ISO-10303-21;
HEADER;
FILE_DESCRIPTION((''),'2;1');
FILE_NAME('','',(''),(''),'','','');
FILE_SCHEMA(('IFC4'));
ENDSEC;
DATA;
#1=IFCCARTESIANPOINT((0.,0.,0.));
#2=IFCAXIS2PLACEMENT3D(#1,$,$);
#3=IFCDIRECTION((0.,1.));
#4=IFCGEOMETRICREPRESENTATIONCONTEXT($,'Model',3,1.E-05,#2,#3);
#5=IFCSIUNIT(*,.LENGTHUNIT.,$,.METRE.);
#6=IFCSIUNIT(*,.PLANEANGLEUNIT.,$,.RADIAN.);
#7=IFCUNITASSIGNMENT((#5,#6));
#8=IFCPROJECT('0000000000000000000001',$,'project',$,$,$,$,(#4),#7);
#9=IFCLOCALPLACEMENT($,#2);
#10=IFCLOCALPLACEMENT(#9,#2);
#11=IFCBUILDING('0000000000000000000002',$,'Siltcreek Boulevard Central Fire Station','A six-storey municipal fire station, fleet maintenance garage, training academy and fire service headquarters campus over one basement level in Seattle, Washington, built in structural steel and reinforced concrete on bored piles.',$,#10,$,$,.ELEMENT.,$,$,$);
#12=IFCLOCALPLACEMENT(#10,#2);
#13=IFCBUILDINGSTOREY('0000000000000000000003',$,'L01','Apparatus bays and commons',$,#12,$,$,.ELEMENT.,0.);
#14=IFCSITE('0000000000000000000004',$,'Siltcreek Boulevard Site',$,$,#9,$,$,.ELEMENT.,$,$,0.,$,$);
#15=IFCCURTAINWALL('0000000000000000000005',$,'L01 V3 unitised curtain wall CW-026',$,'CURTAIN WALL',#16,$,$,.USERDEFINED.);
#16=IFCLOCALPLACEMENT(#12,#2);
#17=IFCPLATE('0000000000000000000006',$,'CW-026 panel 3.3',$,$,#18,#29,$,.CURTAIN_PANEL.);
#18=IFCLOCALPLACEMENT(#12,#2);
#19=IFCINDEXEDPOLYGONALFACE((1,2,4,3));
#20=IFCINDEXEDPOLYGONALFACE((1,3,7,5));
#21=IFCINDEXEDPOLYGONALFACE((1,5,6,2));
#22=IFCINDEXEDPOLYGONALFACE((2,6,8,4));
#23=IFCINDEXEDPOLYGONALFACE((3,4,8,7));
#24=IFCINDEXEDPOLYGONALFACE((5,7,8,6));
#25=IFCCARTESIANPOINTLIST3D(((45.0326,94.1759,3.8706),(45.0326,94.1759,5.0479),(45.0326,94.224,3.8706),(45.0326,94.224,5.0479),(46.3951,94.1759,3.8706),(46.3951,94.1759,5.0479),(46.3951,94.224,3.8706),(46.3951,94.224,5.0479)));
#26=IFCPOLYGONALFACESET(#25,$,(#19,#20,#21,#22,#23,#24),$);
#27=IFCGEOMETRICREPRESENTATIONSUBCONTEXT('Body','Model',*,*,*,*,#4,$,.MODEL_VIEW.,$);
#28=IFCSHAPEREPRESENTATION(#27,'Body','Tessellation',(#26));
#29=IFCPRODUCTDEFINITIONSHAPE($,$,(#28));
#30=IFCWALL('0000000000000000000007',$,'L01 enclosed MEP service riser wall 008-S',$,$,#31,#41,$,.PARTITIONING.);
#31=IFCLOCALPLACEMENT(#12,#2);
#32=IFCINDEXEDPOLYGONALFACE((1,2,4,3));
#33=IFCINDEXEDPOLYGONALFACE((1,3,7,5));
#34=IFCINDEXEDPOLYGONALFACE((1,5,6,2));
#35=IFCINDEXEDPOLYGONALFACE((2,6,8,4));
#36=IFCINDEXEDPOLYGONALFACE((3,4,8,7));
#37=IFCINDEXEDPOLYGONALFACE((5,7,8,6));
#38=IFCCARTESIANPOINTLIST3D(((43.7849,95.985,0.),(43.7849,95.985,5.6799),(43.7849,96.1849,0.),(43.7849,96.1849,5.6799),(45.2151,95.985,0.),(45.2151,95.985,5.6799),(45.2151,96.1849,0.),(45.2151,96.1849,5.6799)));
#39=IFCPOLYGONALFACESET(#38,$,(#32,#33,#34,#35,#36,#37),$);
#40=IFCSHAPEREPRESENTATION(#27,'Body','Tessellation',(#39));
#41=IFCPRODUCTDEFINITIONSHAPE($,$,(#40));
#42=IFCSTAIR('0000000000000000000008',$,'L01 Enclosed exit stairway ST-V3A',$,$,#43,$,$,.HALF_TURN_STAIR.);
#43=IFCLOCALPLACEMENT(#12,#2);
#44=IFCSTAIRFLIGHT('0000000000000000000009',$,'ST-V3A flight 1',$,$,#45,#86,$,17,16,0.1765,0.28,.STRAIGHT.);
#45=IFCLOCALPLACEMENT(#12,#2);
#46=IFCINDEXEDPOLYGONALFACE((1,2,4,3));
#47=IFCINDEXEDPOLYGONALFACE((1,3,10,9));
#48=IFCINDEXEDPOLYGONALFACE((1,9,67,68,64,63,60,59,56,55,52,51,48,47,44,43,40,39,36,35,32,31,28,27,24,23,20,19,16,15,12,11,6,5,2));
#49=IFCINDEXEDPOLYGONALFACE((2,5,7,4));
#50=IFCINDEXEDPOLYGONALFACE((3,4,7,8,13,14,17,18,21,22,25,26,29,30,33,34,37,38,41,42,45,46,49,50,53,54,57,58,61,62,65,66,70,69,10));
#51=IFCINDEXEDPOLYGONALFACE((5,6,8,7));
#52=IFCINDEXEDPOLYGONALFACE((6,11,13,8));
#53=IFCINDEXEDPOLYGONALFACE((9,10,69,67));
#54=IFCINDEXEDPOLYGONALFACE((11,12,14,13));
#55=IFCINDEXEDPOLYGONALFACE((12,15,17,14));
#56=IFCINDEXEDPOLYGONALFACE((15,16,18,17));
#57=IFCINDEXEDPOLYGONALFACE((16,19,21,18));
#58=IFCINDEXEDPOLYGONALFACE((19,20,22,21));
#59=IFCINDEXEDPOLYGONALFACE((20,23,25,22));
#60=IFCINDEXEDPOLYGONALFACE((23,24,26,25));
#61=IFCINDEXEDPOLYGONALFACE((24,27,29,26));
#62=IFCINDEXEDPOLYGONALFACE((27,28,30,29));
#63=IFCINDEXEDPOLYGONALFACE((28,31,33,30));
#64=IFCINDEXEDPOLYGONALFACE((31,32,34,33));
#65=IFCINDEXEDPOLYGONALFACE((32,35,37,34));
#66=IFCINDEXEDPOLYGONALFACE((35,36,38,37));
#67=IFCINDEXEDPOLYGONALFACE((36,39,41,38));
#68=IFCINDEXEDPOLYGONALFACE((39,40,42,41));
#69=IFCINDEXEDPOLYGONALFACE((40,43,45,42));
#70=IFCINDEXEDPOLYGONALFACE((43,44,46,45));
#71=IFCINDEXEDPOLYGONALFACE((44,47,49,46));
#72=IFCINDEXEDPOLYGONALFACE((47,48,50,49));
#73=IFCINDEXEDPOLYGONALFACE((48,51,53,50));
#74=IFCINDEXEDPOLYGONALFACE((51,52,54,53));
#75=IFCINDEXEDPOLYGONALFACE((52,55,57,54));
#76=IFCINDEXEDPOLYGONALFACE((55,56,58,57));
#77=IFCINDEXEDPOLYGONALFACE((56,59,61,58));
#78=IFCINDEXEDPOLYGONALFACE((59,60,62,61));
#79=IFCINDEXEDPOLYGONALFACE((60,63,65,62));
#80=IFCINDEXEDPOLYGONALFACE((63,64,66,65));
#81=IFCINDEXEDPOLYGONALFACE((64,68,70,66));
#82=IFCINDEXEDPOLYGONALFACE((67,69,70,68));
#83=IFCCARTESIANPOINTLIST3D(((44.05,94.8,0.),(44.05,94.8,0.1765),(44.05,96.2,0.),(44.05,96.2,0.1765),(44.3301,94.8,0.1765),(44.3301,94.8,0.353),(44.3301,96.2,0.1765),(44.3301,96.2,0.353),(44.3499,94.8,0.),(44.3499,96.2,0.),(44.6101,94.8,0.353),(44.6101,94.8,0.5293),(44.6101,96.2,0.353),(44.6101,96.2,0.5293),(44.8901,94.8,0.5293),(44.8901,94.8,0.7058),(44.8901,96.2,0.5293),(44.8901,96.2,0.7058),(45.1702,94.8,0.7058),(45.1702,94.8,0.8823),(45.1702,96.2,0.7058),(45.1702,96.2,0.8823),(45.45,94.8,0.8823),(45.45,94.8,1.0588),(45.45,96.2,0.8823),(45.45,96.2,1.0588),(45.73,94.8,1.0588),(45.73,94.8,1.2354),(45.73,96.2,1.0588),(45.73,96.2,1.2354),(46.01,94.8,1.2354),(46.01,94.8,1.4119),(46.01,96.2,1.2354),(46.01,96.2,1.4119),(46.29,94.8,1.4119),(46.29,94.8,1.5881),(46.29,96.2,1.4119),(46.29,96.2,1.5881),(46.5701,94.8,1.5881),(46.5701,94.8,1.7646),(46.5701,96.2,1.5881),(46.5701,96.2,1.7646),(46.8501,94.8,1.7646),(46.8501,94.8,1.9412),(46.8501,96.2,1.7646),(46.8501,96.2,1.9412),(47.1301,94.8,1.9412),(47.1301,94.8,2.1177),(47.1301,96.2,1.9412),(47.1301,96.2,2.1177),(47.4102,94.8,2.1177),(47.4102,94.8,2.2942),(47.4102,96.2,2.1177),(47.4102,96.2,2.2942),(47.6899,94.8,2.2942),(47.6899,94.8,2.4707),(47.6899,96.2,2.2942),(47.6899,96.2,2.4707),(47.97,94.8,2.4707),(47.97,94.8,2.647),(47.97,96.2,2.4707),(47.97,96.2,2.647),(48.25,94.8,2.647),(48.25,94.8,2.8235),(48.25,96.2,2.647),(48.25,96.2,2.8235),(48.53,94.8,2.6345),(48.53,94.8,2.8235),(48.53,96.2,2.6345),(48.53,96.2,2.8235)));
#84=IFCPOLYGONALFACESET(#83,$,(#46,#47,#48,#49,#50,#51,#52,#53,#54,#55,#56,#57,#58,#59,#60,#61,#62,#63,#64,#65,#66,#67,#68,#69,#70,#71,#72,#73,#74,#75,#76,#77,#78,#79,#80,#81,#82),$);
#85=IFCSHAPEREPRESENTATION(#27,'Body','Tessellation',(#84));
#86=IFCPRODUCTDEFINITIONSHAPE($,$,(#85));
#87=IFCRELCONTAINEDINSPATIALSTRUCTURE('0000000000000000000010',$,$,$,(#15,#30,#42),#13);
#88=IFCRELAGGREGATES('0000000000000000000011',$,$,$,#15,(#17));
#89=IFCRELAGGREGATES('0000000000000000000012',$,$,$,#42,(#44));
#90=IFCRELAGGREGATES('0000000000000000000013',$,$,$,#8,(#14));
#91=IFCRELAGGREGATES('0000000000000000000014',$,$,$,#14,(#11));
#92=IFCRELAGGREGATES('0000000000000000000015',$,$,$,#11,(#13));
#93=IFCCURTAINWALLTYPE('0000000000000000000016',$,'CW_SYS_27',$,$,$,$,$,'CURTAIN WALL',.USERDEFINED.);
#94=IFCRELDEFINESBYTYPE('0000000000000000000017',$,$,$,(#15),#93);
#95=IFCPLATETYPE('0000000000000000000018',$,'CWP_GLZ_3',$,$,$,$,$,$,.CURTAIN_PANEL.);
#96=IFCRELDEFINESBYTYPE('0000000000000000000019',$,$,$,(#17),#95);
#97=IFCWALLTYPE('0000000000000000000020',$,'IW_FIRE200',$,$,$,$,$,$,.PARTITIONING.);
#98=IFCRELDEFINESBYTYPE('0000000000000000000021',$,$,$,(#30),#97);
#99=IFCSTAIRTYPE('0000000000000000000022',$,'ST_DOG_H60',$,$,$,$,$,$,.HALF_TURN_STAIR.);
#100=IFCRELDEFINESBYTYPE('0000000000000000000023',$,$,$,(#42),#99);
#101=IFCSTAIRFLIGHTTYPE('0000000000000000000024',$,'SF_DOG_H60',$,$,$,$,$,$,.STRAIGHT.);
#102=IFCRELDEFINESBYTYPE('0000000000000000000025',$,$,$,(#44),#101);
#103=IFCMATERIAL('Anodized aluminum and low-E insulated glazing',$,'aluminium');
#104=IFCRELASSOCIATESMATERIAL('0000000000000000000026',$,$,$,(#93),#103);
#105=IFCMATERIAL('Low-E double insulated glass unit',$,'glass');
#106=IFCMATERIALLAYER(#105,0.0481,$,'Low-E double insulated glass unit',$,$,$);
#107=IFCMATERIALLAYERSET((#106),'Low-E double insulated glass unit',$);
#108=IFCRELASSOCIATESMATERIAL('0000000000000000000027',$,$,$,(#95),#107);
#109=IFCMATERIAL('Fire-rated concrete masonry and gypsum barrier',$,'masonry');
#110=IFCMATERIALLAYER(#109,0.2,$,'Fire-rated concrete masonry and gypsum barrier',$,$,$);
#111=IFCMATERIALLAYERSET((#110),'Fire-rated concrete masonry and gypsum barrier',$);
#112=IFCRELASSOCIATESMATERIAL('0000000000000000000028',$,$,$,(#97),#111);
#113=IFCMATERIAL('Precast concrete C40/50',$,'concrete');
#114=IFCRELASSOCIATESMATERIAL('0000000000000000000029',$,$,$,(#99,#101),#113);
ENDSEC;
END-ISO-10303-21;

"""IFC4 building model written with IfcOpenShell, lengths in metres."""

from ifc_helpers import new_model, si_unit, direction, frame, frame_2d, origin, origin_2d, place, context, subcontext, project, spatial, polyline, rectangle, outline, extrude, material, layer, layer_set, type_object, element, aggregate, save


model = new_model("IFC4")

# Units and contexts
model_context = context("Model", 3, precision=1e-05, world=origin(), true_north=direction((0.0, 1.0)))
body_context = subcontext(model_context, "Body", "Model", "MODEL_VIEW")
ifc_project = project(units=[si_unit("LENGTHUNIT", "METRE"), si_unit("PLANEANGLEUNIT", "RADIAN")], contexts=[model_context])

# Site, building, storey
site_placement = place(None, origin())
site = spatial("IfcSite", under=ifc_project, at=site_placement, Name="Siltcreek Boulevard Site", CompositionType="ELEMENT", RefElevation=0.0)
building_placement = place(site_placement, origin())
building = spatial("IfcBuilding", under=site, at=building_placement, Name="Siltcreek Boulevard Central Fire Station", Description="A six-storey municipal fire station, fleet maintenance garage, training academy and fire service headquarters campus over one basement level in Seattle, Washington, built in structural steel and reinforced concrete on bored piles.", CompositionType="ELEMENT")
storey_placement = place(building_placement, origin())
storey = spatial("IfcBuildingStorey", under=building, at=storey_placement, Name="L01", Description="Apparatus bays and commons", CompositionType="ELEMENT", Elevation=0.0)

# Curtain wall
ifc_material_1 = material(Name="Anodized aluminum and low-E insulated glazing", Category="aluminium")
curtain_wall_type = type_object("IfcCurtainWallType", Name="CW_SYS_27", ElementType="CURTAIN WALL", PredefinedType="USERDEFINED", material=ifc_material_1)
curtain_wall_placement = place(storey_placement, origin())
curtain_wall = element("IfcCurtainWall", 1, at=curtain_wall_placement, inside=storey, type_object=curtain_wall_type, Name="L01 V3 unitised curtain wall CW-026", ObjectType="CURTAIN WALL", PredefinedType="USERDEFINED")

# Plate
ifc_material_2 = material(Name="Low-E double insulated glass unit", Category="glass")
ifc_layer_1 = layer(ifc_material_2, 0.0481, Name="Low-E double insulated glass unit")
ifc_layer_set_1 = layer_set([ifc_layer_1], Name="Low-E double insulated glass unit")
plate_type = type_object("IfcPlateType", Name="CWP_GLZ_3", PredefinedType="CURTAIN_PANEL", material=ifc_layer_set_1)
plate_1_placement = place(storey_placement, frame((45.7139, 94.2, 3.8706), z_axis=(0.0, 0.0, 1.0), x_axis=(1.0, 0.0, 0.0)))
plate_1 = element("IfcPlate", 2, at=plate_1_placement, type_object=plate_type, Name="CW-026 panel 3.3", PredefinedType="CURTAIN_PANEL", context=body_context, shape_type="SweptSolid", body=[
    extrude(rectangle(XDim=1.3625, YDim=0.0481, at=origin_2d()), origin(), (0.0, 0.0, 1.0), 1.1772),
])
aggregate(curtain_wall, [plate_1])

# Wall
ifc_material_3 = material(Name="Fire-rated concrete masonry and gypsum barrier", Category="masonry")
ifc_layer_2 = layer(ifc_material_3, 0.2, Name="Fire-rated concrete masonry and gypsum barrier")
ifc_layer_set_2 = layer_set([ifc_layer_2], Name="Fire-rated concrete masonry and gypsum barrier")
wall_type = type_object("IfcWallType", Name="IW_FIRE200", PredefinedType="PARTITIONING", material=ifc_layer_set_2)
wall_placement = place(storey_placement, frame((43.7849, 96.085, 0.0), z_axis=(0.0, 0.0, 1.0), x_axis=(1.0, 0.0, 0.0)))
element("IfcWall", 3, at=wall_placement, inside=storey, type_object=wall_type, Name="L01 enclosed MEP service riser wall 008-S", PredefinedType="PARTITIONING", context=body_context, shape_type="SweptSolid", body=[
    extrude(rectangle(XDim=1.4302, YDim=0.2, at=frame_2d((0.7151, 0.0))), origin(), (0.0, 0.0, 1.0), 5.6799),
])

# Stair, stair flight
ifc_material_4 = material(Name="Precast concrete C40/50", Category="concrete")
stair_type = type_object("IfcStairType", Name="ST_DOG_H60", PredefinedType="HALF_TURN_STAIR", material=ifc_material_4)
stair_placement = place(storey_placement, origin())
stair = element("IfcStair", 4, at=stair_placement, inside=storey, type_object=stair_type, Name="L01 Enclosed exit stairway ST-V3A", PredefinedType="HALF_TURN_STAIR")
stair_flight_type = type_object("IfcStairFlightType", Name="SF_DOG_H60", PredefinedType="STRAIGHT", material=ifc_material_4)
stair_flight_placement = place(storey_placement, frame((44.05, 95.5, 0.0), z_axis=(0.0, 0.0, 1.0), x_axis=(1.0, 0.0, 0.0)))
stair_flight = element("IfcStairFlight", 5, at=stair_flight_placement, type_object=stair_flight_type, Name="ST-V3A flight 1", NumberOfRisers=17, NumberOfTreads=16, PredefinedType="STRAIGHT", RiserHeight=0.1765, TreadLength=0.28, context=body_context, shape_type="SweptSolid", body=[
    extrude(outline(polyline([(0.0, 0.0), (0.0, 0.1765), (0.28, 0.1765), (0.28, 0.353), (0.5601, 0.353), (0.5601, 0.5293), (0.8401, 0.5293), (0.8401, 0.7058), (1.1201, 0.7058), (1.1201, 0.8823), (1.3999, 0.8823), (1.3999, 1.0588), (1.6799, 1.0588), (1.6799, 1.2354), (1.96, 1.2354), (1.96, 1.4119), (2.24, 1.4119), (2.24, 1.5881), (2.52, 1.5881), (2.52, 1.7646), (2.8, 1.7646), (2.8, 1.9412), (3.0801, 1.9412), (3.0801, 2.1177), (3.3601, 2.1177), (3.3601, 2.2942), (3.6399, 2.2942), (3.6399, 2.4707), (3.9199, 2.4707), (3.9199, 2.647), (4.2, 2.647), (4.2, 2.8235), (4.48, 2.8235), (4.48, 3.0), (4.48, 2.6345), (0.2998, 0.0), (0.0, 0.0)])), frame((0.0, 0.7, 0.0), z_axis=(0.0, -1.0, 0.0), x_axis=(1.0, 0.0, 0.0)), (0.0, 0.0, 1.0), 1.3999),
])
aggregate(stair, [stair_flight])

save(model, "model.ifc")
